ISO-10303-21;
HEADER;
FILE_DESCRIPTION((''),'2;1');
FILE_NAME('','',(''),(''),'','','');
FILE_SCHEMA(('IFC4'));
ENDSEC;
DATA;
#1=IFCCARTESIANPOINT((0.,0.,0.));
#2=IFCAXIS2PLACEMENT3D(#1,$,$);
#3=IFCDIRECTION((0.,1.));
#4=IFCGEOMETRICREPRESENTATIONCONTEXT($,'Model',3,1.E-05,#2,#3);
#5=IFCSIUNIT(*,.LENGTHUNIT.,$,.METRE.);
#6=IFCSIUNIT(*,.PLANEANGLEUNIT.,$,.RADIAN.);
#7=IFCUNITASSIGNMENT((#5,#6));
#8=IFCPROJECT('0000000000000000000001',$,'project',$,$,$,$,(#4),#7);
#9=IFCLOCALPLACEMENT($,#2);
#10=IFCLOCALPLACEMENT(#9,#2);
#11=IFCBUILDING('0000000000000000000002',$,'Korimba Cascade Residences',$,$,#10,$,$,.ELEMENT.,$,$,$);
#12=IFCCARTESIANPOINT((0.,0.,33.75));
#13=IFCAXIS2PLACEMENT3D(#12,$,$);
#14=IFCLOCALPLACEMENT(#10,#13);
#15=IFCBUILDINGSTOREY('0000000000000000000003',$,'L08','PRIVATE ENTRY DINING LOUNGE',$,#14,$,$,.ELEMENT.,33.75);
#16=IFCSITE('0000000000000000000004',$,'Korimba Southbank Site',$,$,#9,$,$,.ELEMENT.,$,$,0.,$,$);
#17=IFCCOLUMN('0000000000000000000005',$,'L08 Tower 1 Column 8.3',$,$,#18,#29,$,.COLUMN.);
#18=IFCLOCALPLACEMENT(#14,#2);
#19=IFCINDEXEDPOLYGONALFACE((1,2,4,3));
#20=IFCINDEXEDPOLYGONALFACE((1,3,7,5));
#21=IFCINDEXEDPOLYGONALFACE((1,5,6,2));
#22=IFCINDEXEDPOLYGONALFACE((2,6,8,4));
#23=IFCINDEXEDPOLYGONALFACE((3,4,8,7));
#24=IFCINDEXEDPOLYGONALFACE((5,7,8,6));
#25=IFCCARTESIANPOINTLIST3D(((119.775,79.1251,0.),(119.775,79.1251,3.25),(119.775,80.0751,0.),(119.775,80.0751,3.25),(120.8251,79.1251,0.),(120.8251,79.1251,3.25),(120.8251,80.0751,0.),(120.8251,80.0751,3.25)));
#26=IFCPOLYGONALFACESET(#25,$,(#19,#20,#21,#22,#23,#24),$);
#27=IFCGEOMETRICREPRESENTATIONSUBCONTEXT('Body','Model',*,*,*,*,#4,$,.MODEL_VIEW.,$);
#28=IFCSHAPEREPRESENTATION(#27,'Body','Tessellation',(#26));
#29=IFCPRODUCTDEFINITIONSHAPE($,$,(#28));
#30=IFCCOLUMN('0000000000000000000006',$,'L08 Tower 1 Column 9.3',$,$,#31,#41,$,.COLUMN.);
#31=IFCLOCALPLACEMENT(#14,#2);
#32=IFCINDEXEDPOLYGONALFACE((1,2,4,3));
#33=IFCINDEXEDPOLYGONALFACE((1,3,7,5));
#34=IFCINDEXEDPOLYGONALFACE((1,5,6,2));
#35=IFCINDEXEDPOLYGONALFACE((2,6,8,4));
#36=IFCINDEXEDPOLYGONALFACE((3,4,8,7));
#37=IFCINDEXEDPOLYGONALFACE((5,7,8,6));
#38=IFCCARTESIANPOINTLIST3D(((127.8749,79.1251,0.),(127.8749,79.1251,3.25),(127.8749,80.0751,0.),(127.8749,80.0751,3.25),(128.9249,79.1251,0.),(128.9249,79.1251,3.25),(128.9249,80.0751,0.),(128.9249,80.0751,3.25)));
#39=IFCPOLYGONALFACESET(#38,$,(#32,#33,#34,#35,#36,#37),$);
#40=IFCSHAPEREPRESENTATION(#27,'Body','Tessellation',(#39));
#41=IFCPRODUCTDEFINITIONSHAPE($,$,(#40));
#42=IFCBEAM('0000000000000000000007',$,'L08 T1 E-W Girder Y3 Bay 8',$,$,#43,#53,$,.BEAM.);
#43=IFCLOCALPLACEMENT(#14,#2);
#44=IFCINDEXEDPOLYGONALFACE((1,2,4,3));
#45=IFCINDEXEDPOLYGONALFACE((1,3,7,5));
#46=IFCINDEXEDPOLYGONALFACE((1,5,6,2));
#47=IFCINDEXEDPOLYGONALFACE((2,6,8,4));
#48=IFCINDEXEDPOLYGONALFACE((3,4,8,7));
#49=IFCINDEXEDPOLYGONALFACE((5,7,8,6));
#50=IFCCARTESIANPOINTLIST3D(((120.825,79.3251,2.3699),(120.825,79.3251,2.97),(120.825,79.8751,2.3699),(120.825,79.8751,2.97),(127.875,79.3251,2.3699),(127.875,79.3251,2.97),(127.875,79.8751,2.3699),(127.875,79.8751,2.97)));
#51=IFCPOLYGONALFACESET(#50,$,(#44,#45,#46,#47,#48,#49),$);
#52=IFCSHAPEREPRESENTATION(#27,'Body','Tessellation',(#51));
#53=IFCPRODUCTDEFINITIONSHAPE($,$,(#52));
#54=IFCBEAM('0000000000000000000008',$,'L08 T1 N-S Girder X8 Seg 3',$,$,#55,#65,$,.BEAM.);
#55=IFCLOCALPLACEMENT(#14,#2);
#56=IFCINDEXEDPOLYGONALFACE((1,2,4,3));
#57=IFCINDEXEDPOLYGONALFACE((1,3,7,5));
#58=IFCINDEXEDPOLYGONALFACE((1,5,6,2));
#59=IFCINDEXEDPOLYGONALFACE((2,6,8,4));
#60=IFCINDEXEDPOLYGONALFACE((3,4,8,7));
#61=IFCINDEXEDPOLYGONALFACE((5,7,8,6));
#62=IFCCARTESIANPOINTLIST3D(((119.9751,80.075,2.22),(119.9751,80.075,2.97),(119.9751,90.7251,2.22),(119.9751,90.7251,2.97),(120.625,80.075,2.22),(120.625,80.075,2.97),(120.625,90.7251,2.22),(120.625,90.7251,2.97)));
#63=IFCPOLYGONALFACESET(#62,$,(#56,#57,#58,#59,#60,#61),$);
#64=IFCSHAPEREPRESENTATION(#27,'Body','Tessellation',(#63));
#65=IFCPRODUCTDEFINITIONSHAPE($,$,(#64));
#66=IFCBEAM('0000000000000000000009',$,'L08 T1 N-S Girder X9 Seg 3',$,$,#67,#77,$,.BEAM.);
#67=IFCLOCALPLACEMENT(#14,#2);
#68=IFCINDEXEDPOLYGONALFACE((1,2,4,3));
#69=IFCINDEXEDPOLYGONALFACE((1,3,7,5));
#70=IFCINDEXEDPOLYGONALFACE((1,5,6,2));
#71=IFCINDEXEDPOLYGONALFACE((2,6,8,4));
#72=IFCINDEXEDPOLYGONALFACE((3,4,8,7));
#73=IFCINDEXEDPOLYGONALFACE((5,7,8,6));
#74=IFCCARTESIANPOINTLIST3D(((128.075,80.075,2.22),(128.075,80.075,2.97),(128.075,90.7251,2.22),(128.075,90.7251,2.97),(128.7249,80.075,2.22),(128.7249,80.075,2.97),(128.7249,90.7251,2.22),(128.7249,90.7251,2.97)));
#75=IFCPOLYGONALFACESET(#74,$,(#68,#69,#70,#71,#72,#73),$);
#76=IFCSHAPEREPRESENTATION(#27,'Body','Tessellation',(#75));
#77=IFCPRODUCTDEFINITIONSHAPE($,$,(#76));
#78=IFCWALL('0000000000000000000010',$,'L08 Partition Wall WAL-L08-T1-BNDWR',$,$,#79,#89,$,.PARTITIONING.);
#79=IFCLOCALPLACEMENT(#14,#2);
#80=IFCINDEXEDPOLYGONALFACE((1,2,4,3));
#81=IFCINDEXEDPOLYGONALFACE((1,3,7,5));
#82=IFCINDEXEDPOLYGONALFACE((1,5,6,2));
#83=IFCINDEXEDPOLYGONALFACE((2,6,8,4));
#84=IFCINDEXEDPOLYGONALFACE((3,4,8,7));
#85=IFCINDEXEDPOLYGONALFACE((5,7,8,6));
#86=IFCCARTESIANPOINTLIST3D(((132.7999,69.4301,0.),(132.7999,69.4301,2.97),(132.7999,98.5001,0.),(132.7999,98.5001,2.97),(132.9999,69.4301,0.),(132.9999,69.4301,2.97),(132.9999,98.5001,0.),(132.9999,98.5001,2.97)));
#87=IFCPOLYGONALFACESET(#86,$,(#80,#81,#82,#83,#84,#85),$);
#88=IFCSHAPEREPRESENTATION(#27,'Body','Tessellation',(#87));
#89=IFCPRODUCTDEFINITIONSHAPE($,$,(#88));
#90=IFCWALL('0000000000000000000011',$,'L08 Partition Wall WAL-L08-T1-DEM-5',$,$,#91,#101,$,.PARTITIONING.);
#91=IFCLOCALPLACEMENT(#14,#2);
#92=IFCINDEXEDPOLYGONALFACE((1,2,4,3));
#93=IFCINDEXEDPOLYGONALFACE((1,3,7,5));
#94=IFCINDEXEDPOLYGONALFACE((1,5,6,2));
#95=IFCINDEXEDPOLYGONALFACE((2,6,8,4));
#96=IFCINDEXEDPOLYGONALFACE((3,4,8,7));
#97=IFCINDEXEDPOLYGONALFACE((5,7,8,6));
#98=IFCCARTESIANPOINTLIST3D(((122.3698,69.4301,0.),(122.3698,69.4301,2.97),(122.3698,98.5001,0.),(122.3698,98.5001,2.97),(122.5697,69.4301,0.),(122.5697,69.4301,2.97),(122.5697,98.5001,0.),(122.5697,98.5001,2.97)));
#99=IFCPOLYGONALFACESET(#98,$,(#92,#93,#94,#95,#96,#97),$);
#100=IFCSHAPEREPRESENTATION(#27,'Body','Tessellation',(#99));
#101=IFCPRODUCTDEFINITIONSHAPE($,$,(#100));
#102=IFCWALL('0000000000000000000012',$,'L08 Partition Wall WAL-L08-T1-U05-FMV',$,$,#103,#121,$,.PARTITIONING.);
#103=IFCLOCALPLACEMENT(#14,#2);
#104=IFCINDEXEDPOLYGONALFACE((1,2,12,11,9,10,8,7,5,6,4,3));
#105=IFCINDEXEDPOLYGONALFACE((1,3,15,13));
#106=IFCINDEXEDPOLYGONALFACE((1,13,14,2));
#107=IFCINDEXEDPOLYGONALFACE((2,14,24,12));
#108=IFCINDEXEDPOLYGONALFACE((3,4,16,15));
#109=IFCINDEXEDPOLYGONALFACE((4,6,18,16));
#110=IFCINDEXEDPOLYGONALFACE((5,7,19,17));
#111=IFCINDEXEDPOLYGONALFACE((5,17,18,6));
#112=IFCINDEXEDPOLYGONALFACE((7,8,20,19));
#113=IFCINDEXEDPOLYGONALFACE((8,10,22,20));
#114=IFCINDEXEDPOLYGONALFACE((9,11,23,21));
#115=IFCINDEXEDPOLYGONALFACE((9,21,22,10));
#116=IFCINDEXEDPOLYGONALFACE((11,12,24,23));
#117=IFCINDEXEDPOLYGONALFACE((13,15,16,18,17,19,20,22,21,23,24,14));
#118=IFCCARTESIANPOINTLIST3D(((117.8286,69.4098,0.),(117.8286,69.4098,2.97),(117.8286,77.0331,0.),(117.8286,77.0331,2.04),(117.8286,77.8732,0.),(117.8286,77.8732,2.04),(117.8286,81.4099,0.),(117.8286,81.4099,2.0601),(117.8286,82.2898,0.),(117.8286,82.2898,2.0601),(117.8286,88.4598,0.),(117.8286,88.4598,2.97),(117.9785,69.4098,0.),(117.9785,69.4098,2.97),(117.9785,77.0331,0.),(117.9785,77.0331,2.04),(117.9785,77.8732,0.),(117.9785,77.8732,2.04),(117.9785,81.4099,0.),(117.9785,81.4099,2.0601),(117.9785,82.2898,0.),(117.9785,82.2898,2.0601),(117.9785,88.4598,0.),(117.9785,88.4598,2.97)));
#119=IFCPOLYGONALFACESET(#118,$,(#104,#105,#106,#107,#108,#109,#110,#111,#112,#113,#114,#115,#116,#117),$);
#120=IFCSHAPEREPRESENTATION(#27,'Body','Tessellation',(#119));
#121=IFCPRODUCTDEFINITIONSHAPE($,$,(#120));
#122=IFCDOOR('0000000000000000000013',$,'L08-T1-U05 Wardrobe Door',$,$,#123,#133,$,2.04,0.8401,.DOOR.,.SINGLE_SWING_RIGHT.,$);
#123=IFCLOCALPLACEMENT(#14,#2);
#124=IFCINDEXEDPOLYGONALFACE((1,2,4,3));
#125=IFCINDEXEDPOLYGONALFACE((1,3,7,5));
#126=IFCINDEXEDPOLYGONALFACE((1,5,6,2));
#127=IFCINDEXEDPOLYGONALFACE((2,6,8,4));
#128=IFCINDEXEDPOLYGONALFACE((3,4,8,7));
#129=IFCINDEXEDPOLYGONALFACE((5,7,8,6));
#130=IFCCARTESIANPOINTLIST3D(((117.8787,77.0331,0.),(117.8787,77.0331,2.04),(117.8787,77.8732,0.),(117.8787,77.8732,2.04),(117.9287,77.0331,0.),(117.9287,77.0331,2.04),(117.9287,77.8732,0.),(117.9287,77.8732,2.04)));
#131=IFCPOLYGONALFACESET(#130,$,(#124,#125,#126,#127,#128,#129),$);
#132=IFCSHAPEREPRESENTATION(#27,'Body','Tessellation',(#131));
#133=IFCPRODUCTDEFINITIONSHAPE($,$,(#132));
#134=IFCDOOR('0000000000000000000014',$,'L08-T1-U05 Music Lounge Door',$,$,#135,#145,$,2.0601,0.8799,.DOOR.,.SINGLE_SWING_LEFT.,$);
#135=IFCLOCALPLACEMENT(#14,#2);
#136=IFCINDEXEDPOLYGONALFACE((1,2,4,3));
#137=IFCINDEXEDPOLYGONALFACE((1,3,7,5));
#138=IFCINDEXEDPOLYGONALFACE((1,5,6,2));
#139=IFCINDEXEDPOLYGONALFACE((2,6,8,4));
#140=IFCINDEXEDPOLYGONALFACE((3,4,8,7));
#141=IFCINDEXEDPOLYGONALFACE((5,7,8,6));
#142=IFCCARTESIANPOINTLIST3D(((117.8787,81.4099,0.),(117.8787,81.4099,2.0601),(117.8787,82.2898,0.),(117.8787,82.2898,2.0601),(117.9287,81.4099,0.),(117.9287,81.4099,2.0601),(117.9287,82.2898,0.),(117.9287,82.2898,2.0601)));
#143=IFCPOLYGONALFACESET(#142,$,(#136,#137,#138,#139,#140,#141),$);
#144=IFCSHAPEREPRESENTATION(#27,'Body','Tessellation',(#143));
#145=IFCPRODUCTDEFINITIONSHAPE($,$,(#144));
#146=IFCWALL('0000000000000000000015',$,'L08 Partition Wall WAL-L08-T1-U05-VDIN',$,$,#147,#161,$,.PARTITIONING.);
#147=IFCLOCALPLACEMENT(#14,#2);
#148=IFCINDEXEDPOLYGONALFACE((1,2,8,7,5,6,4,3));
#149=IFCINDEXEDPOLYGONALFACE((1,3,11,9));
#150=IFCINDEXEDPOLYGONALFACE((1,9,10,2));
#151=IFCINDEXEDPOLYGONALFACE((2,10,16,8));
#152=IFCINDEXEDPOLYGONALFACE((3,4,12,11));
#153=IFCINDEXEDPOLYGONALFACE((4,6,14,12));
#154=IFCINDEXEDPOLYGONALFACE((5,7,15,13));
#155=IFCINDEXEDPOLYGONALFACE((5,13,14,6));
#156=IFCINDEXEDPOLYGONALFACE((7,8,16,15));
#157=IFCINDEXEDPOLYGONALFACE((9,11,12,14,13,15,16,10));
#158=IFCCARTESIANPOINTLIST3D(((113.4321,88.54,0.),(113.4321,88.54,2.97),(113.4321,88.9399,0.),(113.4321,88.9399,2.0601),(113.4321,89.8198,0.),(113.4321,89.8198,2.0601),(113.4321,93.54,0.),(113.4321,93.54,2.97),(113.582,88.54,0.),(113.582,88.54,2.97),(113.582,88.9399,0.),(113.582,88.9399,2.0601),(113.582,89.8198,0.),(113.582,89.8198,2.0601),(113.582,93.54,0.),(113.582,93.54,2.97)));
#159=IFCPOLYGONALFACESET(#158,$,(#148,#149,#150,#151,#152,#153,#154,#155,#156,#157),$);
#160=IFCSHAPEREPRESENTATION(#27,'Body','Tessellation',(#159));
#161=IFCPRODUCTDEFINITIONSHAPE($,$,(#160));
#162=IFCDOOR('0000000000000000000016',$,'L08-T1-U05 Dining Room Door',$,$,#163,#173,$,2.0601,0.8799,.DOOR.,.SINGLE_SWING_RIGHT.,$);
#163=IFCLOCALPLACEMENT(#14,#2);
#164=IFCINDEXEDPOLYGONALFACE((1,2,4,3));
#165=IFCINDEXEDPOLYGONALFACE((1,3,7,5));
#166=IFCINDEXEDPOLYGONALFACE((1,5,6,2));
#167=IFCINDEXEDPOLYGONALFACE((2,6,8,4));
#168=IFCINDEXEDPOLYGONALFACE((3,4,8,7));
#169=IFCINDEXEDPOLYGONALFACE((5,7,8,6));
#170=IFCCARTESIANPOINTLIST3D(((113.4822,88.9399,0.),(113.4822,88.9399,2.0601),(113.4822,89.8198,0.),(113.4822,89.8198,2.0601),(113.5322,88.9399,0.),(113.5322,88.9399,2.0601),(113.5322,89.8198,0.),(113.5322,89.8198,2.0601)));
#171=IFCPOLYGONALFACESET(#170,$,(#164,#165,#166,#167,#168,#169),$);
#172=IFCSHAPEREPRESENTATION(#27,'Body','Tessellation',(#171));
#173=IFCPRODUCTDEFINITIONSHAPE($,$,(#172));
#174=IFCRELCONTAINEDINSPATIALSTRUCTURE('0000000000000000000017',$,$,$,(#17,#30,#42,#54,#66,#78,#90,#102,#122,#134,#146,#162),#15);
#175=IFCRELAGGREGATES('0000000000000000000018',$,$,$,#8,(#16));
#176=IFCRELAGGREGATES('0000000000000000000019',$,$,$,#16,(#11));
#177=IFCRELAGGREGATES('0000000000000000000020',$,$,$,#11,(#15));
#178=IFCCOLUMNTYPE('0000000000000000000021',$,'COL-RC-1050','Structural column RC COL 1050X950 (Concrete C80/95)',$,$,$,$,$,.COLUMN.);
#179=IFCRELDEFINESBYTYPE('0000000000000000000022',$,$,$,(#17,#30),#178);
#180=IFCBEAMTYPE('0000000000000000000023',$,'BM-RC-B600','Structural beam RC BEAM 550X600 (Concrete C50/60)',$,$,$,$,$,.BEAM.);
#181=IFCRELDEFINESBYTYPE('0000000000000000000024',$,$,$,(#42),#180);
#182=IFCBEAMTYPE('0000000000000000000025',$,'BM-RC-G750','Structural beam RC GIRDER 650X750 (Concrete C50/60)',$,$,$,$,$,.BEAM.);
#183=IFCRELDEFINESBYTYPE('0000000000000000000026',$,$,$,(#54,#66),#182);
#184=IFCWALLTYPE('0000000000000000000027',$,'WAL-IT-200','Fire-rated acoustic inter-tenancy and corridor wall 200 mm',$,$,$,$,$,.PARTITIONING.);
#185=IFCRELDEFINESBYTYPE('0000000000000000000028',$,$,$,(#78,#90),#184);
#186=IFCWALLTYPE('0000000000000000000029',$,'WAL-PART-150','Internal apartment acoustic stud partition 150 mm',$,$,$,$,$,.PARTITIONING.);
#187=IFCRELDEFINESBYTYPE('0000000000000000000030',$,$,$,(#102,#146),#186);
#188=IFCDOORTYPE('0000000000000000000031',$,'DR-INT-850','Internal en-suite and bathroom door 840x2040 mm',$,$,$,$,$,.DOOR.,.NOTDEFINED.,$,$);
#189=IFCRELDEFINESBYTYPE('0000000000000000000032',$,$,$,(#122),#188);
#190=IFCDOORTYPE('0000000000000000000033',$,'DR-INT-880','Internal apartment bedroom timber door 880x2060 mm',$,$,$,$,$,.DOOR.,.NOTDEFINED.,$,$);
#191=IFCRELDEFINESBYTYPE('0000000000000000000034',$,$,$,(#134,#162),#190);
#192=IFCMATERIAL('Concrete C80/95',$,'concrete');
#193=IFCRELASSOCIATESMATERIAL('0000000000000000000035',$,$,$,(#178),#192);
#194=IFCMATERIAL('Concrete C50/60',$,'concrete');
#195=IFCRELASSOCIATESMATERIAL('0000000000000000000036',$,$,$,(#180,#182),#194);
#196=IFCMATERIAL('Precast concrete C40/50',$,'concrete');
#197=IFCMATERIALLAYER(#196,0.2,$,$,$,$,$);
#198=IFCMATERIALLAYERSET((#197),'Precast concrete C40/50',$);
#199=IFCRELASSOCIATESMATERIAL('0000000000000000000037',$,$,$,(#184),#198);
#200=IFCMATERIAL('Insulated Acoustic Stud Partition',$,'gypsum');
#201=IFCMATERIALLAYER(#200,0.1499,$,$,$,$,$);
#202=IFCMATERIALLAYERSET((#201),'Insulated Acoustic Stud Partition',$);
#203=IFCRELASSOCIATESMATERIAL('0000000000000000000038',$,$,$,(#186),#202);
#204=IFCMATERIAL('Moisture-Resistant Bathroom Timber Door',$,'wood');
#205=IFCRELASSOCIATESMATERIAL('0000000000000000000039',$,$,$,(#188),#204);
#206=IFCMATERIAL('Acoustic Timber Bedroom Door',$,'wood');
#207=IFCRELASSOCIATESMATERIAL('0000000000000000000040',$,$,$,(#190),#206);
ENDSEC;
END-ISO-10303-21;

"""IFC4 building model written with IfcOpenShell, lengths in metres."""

from ifc_helpers import new_model, si_unit, direction, frame, frame_2d, origin, origin_2d, place, context, subcontext, project, spatial, rectangle, extrude, material, layer, layer_set, material_profile, profile_set, type_object, element, fill, save


model = new_model("IFC4")

# Units and contexts
model_context = context("Model", 3, precision=1e-05, world=origin(), true_north=direction((0.0, 1.0)))
body_context = subcontext(model_context, "Body", "Model", "MODEL_VIEW")
ifc_project = project(units=[si_unit("LENGTHUNIT", "METRE"), si_unit("PLANEANGLEUNIT", "RADIAN")], contexts=[model_context])

# Site, building, storey
site_placement = place(None, origin())
site = spatial("IfcSite", under=ifc_project, at=site_placement, Name="Korimba Southbank Site", CompositionType="ELEMENT", RefElevation=0.0)
building_placement = place(site_placement, origin())
building = spatial("IfcBuilding", under=site, at=building_placement, Name="Korimba Cascade Residences", CompositionType="ELEMENT")
storey_placement = place(building_placement, frame((0.0, 0.0, 33.75)))
storey = spatial("IfcBuildingStorey", under=building, at=storey_placement, Name="L08", Description="PRIVATE ENTRY DINING LOUNGE", CompositionType="ELEMENT", Elevation=33.75)

# Columns
ifc_material_1 = material(Name="Concrete C80/95", Category="concrete")
ifc_material_profile_1 = material_profile(ifc_material_1, rectangle(XDim=1.05, YDim=0.95, at=origin_2d()), Name="Concrete C80/95")
ifc_profile_set_1 = profile_set([ifc_material_profile_1], Name="Concrete C80/95")
column_type = type_object("IfcColumnType", Name="COL-RC-1050", Description="Structural column RC COL 1050X950 (Concrete C80/95)", PredefinedType="COLUMN", material=ifc_profile_set_1)
for number, where, z_axis, x_axis, name in (
    (1, (120.3, 79.6001, 0.0), (0.0, 0.0, 1.0), (1.0, 0.0, 0.0), "L08 Tower 1 Column 8.3"),
    (2, (128.3999, 79.6001, 0.0), (0.0, 0.0, 1.0), (1.0, 0.0, 0.0), "L08 Tower 1 Column 9.3"),
):
    element("IfcColumn", number, at=place(storey_placement, frame(where, z_axis=z_axis, x_axis=x_axis)), inside=storey, type_object=column_type, Name=name, PredefinedType="COLUMN", context=body_context, shape_type="SweptSolid", body=[
        extrude(rectangle(XDim=1.05, YDim=0.95, at=origin_2d()), origin(), (0.0, 0.0, 1.0), 3.25),
    ])

# Beams
ifc_material_2 = material(Name="Concrete C50/60", Category="concrete")
ifc_material_profile_2 = material_profile(ifc_material_2, rectangle(XDim=0.55, YDim=0.6001, at=origin_2d()), Name="Concrete C50/60")
ifc_profile_set_2 = profile_set([ifc_material_profile_2], Name="Concrete C50/60")
beam_type_1 = type_object("IfcBeamType", Name="BM-RC-B600", Description="Structural beam RC BEAM 550X600 (Concrete C50/60)", PredefinedType="BEAM", material=ifc_profile_set_2)
beam_placement = place(storey_placement, frame((120.825, 79.6001, 2.6699), z_axis=(1.0, 0.0, 0.0), x_axis=(0.0, 1.0, 0.0)))
element("IfcBeam", 3, at=beam_placement, inside=storey, type_object=beam_type_1, Name="L08 T1 E-W Girder Y3 Bay 8", PredefinedType="BEAM", context=body_context, shape_type="SweptSolid", body=[
    extrude(rectangle(XDim=0.55, YDim=0.6001, at=origin_2d()), origin(), (0.0, 0.0, 1.0), 7.05),
])
ifc_material_profile_3 = material_profile(ifc_material_2, rectangle(XDim=0.6499, YDim=0.75, at=origin_2d()), Name="Concrete C50/60")
ifc_profile_set_3 = profile_set([ifc_material_profile_3], Name="Concrete C50/60")
beam_type_2 = type_object("IfcBeamType", Name="BM-RC-G750", Description="Structural beam RC GIRDER 650X750 (Concrete C50/60)", PredefinedType="BEAM", material=ifc_profile_set_3)
for number, where, z_axis, x_axis, name in (
    (4, (120.3, 80.075, 2.595), (0.0, 1.0, 0.0), (-1.0, 0.0, 0.0), "L08 T1 N-S Girder X8 Seg 3"),
    (5, (128.3999, 80.075, 2.595), (0.0, 1.0, 0.0), (-1.0, 0.0, 0.0), "L08 T1 N-S Girder X9 Seg 3"),
):
    element("IfcBeam", number, at=place(storey_placement, frame(where, z_axis=z_axis, x_axis=x_axis)), inside=storey, type_object=beam_type_2, Name=name, PredefinedType="BEAM", context=body_context, shape_type="SweptSolid", body=[
        extrude(rectangle(XDim=0.6499, YDim=0.75, at=origin_2d()), origin(), (0.0, 0.0, 1.0), 10.6501),
    ])

# Walls
ifc_material_3 = material(Name="Precast concrete C40/50", Category="concrete")
ifc_layer_1 = layer(ifc_material_3, 0.2)
ifc_layer_set_1 = layer_set([ifc_layer_1], Name="Precast concrete C40/50")
wall_type_1 = type_object("IfcWallType", Name="WAL-IT-200", Description="Fire-rated acoustic inter-tenancy and corridor wall 200 mm", PredefinedType="PARTITIONING", material=ifc_layer_set_1)
for number, where, z_axis, x_axis, name in (
    (6, (132.8999, 69.4299, 0.0), (0.0, 0.0, 1.0), (0.0, 1.0, 0.0), "L08 Partition Wall WAL-L08-T1-BNDWR"),
    (7, (122.4697, 69.4299, 0.0), (0.0, 0.0, 1.0), (0.0, 1.0, 0.0), "L08 Partition Wall WAL-L08-T1-DEM-5"),
):
    element("IfcWall", number, at=place(storey_placement, frame(where, z_axis=z_axis, x_axis=x_axis)), inside=storey, type_object=wall_type_1, Name=name, PredefinedType="PARTITIONING", context=body_context, shape_type="SweptSolid", body=[
        extrude(rectangle(XDim=29.0701, YDim=0.2, at=frame_2d((14.5352, 0.0))), origin(), (0.0, 0.0, 1.0), 2.97),
    ])

# Wall, openings, doors
ifc_material_4 = material(Name="Insulated Acoustic Stud Partition", Category="gypsum")
ifc_layer_2 = layer(ifc_material_4, 0.1499)
ifc_layer_set_2 = layer_set([ifc_layer_2], Name="Insulated Acoustic Stud Partition")
wall_type_2 = type_object("IfcWallType", Name="WAL-PART-150", Description="Internal apartment acoustic stud partition 150 mm", PredefinedType="PARTITIONING", material=ifc_layer_set_2)
wall_1_placement = place(storey_placement, frame((117.9036, 69.4099, 0.0), z_axis=(0.0, 0.0, 1.0), x_axis=(0.0, 1.0, 0.0)))
wall_1 = element("IfcWall", 8, at=wall_1_placement, inside=storey, type_object=wall_type_2, Name="L08 Partition Wall WAL-L08-T1-U05-FMV", PredefinedType="PARTITIONING", context=body_context, shape_type="SweptSolid", body=[
    extrude(rectangle(XDim=19.05, YDim=0.1499, at=frame_2d((9.5249, 0.0))), origin(), (0.0, 0.0, 1.0), 2.97),
])
opening_1_placement = place(wall_1_placement, frame((7.6233, 0.0, 0.0)))
opening_1 = element("IfcOpeningElement", 9, at=opening_1_placement, cuts=wall_1, PredefinedType="OPENING", context=body_context, shape_type="SweptSolid", body=[
    extrude(rectangle(XDim=0.8401, YDim=2.04, at=frame_2d((0.4199, 1.02))), frame((0.0, 0.085, 0.0), z_axis=(0.0, -1.0, 0.0), x_axis=(1.0, 0.0, 0.0)), (0.0, 0.0, 1.0), 0.1699),
])
opening_2_placement = place(wall_1_placement, frame((12.0, 0.0, 0.0)))
opening_2 = element("IfcOpeningElement", 10, at=opening_2_placement, cuts=wall_1, PredefinedType="OPENING", context=body_context, shape_type="SweptSolid", body=[
    extrude(rectangle(XDim=0.8799, YDim=2.0601, at=frame_2d((0.4399, 1.03))), frame((0.0, 0.085, 0.0), z_axis=(0.0, -1.0, 0.0), x_axis=(1.0, 0.0, 0.0)), (0.0, 0.0, 1.0), 0.1699),
])
ifc_material_5 = material(Name="Moisture-Resistant Bathroom Timber Door", Category="wood")
door_type_1 = type_object("IfcDoorType", Name="DR-INT-850", Description="Internal en-suite and bathroom door 840x2040 mm", OperationType="NOTDEFINED", PredefinedType="DOOR", material=ifc_material_5)
door_1_placement = place(opening_1_placement, origin())
door_1 = element("IfcDoor", 11, at=door_1_placement, inside=storey, type_object=door_type_1, Name="L08-T1-U05 Wardrobe Door", OperationType="SINGLE_SWING_RIGHT", OverallHeight=2.04, OverallWidth=0.8401, PredefinedType="DOOR", context=body_context, shape_type="SweptSolid", body=[
    extrude(rectangle(XDim=0.8401, YDim=2.04, at=frame_2d((0.4199, 1.02))), frame((0.0, 0.0249, 0.0), z_axis=(0.0, -1.0, 0.0), x_axis=(1.0, 0.0, 0.0)), (0.0, 0.0, 1.0), 0.05),
])
fill(opening_1, door_1)
ifc_material_6 = material(Name="Acoustic Timber Bedroom Door", Category="wood")
door_type_2 = type_object("IfcDoorType", Name="DR-INT-880", Description="Internal apartment bedroom timber door 880x2060 mm", OperationType="NOTDEFINED", PredefinedType="DOOR", material=ifc_material_6)
door_2_placement = place(opening_2_placement, origin())
door_2 = element("IfcDoor", 12, at=door_2_placement, inside=storey, type_object=door_type_2, Name="L08-T1-U05 Music Lounge Door", OperationType="SINGLE_SWING_LEFT", OverallHeight=2.0601, OverallWidth=0.8799, PredefinedType="DOOR", context=body_context, shape_type="SweptSolid", body=[
    extrude(rectangle(XDim=0.8799, YDim=2.0601, at=frame_2d((0.4399, 1.03))), frame((0.0, 0.0249, 0.0), z_axis=(0.0, -1.0, 0.0), x_axis=(1.0, 0.0, 0.0)), (0.0, 0.0, 1.0), 0.05),
])
fill(opening_2, door_2)

# Wall, opening, door
wall_2_placement = place(storey_placement, frame((113.5071, 88.54, 0.0), z_axis=(0.0, 0.0, 1.0), x_axis=(0.0, 1.0, 0.0)))
wall_2 = element("IfcWall", 13, at=wall_2_placement, inside=storey, type_object=wall_type_2, Name="L08 Partition Wall WAL-L08-T1-U05-VDIN", PredefinedType="PARTITIONING", context=body_context, shape_type="SweptSolid", body=[
    extrude(rectangle(XDim=5.0, YDim=0.1499, at=frame_2d((2.5, 0.0))), origin(), (0.0, 0.0, 1.0), 2.97),
])
opening_3_placement = place(wall_2_placement, frame((0.3999, 0.0, 0.0)))
opening_3 = element("IfcOpeningElement", 14, at=opening_3_placement, cuts=wall_2, PredefinedType="OPENING", context=body_context, shape_type="SweptSolid", body=[
    extrude(rectangle(XDim=0.8799, YDim=2.0601, at=frame_2d((0.4399, 1.03))), frame((0.0, 0.085, 0.0), z_axis=(0.0, -1.0, 0.0), x_axis=(1.0, 0.0, 0.0)), (0.0, 0.0, 1.0), 0.1699),
])
door_3_placement = place(opening_3_placement, origin())
door_3 = element("IfcDoor", 15, at=door_3_placement, inside=storey, type_object=door_type_2, Name="L08-T1-U05 Dining Room Door", OperationType="SINGLE_SWING_RIGHT", OverallHeight=2.0601, OverallWidth=0.8799, PredefinedType="DOOR", context=body_context, shape_type="SweptSolid", body=[
    extrude(rectangle(XDim=0.8799, YDim=2.0601, at=frame_2d((0.4399, 1.03))), frame((0.0, 0.0249, 0.0), z_axis=(0.0, -1.0, 0.0), x_axis=(1.0, 0.0, 0.0)), (0.0, 0.0, 1.0), 0.05),
])
fill(opening_3, door_3)

save(model, "model.ifc")
